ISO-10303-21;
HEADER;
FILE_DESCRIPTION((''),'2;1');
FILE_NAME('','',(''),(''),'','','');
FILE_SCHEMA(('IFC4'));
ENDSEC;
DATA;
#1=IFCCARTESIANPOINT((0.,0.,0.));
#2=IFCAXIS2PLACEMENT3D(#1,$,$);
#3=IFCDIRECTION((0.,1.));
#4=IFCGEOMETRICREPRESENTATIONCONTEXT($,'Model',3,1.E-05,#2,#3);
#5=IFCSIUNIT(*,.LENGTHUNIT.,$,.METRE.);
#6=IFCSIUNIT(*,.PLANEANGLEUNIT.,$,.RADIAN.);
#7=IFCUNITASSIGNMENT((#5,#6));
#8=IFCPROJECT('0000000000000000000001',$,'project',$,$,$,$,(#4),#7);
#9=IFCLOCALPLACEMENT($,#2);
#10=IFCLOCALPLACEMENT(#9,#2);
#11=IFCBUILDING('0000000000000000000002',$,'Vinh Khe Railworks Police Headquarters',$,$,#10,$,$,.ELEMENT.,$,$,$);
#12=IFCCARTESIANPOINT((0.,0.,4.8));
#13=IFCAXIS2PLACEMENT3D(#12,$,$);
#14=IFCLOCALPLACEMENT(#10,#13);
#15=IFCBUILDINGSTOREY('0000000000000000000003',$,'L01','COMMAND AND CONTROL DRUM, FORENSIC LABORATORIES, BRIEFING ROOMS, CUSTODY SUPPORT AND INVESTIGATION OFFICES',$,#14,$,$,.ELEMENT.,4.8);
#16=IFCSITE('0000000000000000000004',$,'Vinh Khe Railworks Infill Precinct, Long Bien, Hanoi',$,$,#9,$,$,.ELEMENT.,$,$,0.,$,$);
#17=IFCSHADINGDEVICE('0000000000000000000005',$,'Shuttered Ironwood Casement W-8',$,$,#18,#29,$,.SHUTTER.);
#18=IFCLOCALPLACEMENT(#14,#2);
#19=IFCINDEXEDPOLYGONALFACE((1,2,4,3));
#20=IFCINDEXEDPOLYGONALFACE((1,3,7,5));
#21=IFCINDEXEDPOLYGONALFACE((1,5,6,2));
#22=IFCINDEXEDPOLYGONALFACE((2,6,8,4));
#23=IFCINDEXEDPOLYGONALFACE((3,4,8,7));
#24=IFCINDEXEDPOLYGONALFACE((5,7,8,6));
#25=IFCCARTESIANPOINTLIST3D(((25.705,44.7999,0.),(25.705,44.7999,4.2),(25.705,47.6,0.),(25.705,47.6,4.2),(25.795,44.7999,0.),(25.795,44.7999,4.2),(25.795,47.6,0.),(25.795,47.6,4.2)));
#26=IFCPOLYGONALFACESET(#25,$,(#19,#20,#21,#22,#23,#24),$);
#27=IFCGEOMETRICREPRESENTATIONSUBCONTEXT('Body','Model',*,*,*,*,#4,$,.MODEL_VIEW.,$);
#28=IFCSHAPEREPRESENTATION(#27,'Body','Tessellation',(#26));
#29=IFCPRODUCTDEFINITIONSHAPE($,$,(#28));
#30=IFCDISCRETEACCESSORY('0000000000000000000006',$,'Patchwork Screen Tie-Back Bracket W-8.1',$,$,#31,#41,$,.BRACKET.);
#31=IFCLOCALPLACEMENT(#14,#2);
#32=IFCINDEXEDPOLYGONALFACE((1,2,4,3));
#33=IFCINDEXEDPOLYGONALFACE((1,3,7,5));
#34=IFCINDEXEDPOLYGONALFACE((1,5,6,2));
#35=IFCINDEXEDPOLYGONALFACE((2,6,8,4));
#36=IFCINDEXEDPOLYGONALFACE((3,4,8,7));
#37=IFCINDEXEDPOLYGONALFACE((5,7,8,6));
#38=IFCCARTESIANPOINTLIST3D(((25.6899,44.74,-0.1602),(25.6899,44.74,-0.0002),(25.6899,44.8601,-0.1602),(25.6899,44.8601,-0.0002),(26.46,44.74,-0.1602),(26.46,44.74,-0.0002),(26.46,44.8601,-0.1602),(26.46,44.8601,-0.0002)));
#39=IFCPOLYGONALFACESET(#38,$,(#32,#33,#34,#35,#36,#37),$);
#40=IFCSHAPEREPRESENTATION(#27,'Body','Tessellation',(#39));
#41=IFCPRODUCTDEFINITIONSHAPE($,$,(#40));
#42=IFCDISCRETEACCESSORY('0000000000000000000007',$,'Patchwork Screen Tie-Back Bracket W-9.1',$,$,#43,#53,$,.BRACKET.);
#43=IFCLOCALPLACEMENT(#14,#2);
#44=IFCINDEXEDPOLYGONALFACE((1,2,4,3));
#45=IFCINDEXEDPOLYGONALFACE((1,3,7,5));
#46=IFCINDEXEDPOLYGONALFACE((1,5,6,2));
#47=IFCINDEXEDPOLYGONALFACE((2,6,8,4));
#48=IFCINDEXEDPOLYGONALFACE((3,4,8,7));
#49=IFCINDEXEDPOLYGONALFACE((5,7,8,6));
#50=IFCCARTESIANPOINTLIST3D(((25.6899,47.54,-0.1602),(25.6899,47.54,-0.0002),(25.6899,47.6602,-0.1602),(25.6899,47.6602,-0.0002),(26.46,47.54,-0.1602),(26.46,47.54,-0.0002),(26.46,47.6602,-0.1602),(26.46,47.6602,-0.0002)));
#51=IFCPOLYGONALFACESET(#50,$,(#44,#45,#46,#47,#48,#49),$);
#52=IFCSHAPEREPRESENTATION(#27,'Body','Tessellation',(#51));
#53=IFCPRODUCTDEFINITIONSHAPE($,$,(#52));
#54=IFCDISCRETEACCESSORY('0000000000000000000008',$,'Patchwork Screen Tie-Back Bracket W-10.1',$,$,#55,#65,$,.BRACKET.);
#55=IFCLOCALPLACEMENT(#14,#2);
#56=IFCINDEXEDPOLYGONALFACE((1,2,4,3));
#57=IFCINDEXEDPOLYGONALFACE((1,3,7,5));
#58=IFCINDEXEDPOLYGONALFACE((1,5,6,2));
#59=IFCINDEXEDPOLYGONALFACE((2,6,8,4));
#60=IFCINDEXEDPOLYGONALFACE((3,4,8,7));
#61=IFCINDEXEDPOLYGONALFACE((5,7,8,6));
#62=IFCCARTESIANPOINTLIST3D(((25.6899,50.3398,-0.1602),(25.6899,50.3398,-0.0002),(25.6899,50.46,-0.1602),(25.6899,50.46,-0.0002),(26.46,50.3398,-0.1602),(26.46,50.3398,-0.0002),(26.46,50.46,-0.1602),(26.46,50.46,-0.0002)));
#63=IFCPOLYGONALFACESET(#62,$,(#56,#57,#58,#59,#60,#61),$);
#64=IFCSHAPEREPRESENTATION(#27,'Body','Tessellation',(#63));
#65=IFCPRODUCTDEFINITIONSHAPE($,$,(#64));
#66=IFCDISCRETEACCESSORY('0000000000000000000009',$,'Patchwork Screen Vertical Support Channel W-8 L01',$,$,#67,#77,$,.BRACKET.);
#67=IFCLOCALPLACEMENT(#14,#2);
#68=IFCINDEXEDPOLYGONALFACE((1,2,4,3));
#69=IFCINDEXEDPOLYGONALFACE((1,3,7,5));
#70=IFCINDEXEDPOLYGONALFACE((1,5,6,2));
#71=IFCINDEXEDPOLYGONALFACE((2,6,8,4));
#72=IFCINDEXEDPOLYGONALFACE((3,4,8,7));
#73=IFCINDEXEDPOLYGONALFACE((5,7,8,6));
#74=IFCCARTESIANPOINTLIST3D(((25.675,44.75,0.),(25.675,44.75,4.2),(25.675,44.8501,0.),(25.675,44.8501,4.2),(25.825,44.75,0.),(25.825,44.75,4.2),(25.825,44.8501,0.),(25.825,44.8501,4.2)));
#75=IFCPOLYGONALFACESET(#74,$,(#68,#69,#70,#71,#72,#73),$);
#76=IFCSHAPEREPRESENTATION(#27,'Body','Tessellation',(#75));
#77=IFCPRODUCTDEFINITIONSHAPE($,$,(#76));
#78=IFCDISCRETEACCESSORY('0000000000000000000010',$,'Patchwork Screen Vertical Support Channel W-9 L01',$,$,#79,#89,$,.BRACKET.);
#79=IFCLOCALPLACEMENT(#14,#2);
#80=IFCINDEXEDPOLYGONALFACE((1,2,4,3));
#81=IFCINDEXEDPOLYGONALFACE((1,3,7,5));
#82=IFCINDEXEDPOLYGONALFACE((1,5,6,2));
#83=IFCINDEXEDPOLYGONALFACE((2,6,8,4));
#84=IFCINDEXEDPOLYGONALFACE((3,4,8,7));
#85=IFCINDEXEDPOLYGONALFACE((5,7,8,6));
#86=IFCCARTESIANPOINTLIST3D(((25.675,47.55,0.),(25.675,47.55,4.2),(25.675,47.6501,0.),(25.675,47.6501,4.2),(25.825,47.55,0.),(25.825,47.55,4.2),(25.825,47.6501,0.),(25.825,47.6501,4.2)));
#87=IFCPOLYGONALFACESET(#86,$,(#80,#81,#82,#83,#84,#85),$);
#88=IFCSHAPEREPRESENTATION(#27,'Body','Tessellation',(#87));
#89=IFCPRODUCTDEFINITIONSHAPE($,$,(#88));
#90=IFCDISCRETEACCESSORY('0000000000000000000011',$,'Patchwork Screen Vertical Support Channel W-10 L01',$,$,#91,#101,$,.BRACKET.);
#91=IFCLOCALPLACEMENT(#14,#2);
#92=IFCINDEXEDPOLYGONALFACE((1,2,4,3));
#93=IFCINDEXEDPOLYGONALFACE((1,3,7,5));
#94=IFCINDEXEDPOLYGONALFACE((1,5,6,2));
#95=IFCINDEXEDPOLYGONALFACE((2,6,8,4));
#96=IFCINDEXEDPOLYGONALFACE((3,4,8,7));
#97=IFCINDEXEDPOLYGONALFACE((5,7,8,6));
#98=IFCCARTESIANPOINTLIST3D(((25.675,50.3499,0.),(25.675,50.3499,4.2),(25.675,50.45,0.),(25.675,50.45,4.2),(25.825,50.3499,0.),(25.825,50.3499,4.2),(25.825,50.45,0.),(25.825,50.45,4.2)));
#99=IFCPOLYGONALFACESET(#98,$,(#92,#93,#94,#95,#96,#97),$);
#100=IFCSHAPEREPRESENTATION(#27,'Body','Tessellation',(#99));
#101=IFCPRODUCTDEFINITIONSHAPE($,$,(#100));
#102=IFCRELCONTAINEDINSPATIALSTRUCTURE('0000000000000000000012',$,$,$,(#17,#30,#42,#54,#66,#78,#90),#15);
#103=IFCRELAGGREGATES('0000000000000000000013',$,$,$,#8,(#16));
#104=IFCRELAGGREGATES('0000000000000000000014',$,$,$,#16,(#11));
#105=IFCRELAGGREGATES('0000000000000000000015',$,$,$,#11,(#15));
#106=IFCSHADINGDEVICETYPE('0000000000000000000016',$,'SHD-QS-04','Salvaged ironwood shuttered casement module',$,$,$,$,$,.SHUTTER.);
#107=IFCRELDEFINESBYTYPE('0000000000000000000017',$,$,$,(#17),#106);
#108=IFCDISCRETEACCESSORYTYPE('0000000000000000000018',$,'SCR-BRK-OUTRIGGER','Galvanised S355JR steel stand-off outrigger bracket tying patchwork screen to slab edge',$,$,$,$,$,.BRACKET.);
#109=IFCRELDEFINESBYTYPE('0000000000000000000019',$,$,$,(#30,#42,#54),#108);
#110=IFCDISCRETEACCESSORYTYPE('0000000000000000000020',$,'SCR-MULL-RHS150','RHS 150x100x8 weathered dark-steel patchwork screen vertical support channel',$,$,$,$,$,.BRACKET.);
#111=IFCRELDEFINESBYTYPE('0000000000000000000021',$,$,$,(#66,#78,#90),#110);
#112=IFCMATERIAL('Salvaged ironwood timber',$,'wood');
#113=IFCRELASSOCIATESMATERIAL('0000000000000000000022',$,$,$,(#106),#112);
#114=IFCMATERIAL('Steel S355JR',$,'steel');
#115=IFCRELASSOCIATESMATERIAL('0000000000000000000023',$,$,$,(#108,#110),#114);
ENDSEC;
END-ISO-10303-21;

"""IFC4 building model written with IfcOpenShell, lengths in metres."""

from ifc_helpers import new_model, si_unit, direction, frame, origin, origin_2d, place, context, subcontext, project, spatial, rectangle, extrude, material, type_object, element, save


model = new_model("IFC4")

# Units and contexts
model_context = context("Model", 3, precision=1e-05, world=origin(), true_north=direction((0.0, 1.0)))
body_context = subcontext(model_context, "Body", "Model", "MODEL_VIEW")
ifc_project = project(units=[si_unit("LENGTHUNIT", "METRE"), si_unit("PLANEANGLEUNIT", "RADIAN")], contexts=[model_context])

# Site, building, storey
site_placement = place(None, origin())
site = spatial("IfcSite", under=ifc_project, at=site_placement, Name="Vinh Khe Railworks Infill Precinct, Long Bien, Hanoi", CompositionType="ELEMENT", RefElevation=0.0)
building_placement = place(site_placement, origin())
building = spatial("IfcBuilding", under=site, at=building_placement, Name="Vinh Khe Railworks Police Headquarters", CompositionType="ELEMENT")
storey_placement = place(building_placement, frame((0.0, 0.0, 4.8)))
storey = spatial("IfcBuildingStorey", under=building, at=storey_placement, Name="L01", Description="COMMAND AND CONTROL DRUM, FORENSIC LABORATORIES, BRIEFING ROOMS, CUSTODY SUPPORT AND INVESTIGATION OFFICES", CompositionType="ELEMENT", Elevation=4.8)

# Shared definitions
ifc_material_1 = material(Name="Steel S355JR", Category="steel")

# Shared definitions
ifc_material_2 = material(Name="Salvaged ironwood timber", Category="wood")

# Shading device
shading_device_type_1 = type_object("IfcShadingDeviceType", Name="SHD-QS-04", Description="Salvaged ironwood shuttered casement module", PredefinedType="SHUTTER", material=ifc_material_2)
shading_device_1_placement = place(storey_placement, frame((25.75, 46.2, 0.0), z_axis=(0.0, 0.0, 1.0), x_axis=(0.0, 1.0, 0.0)))
element("IfcShadingDevice", 1, at=shading_device_1_placement, inside=storey, type_object=shading_device_type_1, Name="Shuttered Ironwood Casement W-8", PredefinedType="SHUTTER", context=body_context, shape_type="SweptSolid", body=[
    extrude(rectangle(XDim=2.8, YDim=0.0901, at=origin_2d()), origin(), (0.0, 0.0, 1.0), 4.2),
])

# Discrete accessories
discrete_accessory_type_1 = type_object("IfcDiscreteAccessoryType", Name="SCR-BRK-OUTRIGGER", Description="Galvanised S355JR steel stand-off outrigger bracket tying patchwork screen to slab edge", PredefinedType="BRACKET", material=ifc_material_1)
for number, where, z_axis, x_axis, name in (
    (2, (26.075, 44.8, -0.1602), (0.0, 0.0, 1.0), (1.0, 0.0, 0.0), "Patchwork Screen Tie-Back Bracket W-8.1"),
    (3, (26.075, 47.6001, -0.1602), (0.0, 0.0, 1.0), (1.0, 0.0, 0.0), "Patchwork Screen Tie-Back Bracket W-9.1"),
    (4, (26.075, 50.3999, -0.1602), (0.0, 0.0, 1.0), (1.0, 0.0, 0.0), "Patchwork Screen Tie-Back Bracket W-10.1"),
):
    element("IfcDiscreteAccessory", number, at=place(storey_placement, frame(where, z_axis=z_axis, x_axis=x_axis)), inside=storey, type_object=discrete_accessory_type_1, Name=name, PredefinedType="BRACKET", context=body_context, shape_type="SweptSolid", body=[
        extrude(rectangle(XDim=0.77, YDim=0.1201, at=origin_2d()), origin(), (0.0, 0.0, 1.0), 0.1599),
    ])
discrete_accessory_type_2 = type_object("IfcDiscreteAccessoryType", Name="SCR-MULL-RHS150", Description="RHS 150x100x8 weathered dark-steel patchwork screen vertical support channel", PredefinedType="BRACKET", material=ifc_material_1)
for number, where, z_axis, x_axis, name in (
    (5, (25.75, 44.8, 0.0), (0.0, 0.0, 1.0), (1.0, 0.0, 0.0), "Patchwork Screen Vertical Support Channel W-8 L01"),
    (6, (25.75, 47.6001, 0.0), (0.0, 0.0, 1.0), (1.0, 0.0, 0.0), "Patchwork Screen Vertical Support Channel W-9 L01"),
    (7, (25.75, 50.3999, 0.0), (0.0, 0.0, 1.0), (1.0, 0.0, 0.0), "Patchwork Screen Vertical Support Channel W-10 L01"),
):
    element("IfcDiscreteAccessory", number, at=place(storey_placement, frame(where, z_axis=z_axis, x_axis=x_axis)), inside=storey, type_object=discrete_accessory_type_2, Name=name, PredefinedType="BRACKET", context=body_context, shape_type="SweptSolid", body=[
        extrude(rectangle(XDim=0.1499, YDim=0.1001, at=origin_2d()), origin(), (0.0, 0.0, 1.0), 4.2),
    ])

save(model, "model.ifc")
